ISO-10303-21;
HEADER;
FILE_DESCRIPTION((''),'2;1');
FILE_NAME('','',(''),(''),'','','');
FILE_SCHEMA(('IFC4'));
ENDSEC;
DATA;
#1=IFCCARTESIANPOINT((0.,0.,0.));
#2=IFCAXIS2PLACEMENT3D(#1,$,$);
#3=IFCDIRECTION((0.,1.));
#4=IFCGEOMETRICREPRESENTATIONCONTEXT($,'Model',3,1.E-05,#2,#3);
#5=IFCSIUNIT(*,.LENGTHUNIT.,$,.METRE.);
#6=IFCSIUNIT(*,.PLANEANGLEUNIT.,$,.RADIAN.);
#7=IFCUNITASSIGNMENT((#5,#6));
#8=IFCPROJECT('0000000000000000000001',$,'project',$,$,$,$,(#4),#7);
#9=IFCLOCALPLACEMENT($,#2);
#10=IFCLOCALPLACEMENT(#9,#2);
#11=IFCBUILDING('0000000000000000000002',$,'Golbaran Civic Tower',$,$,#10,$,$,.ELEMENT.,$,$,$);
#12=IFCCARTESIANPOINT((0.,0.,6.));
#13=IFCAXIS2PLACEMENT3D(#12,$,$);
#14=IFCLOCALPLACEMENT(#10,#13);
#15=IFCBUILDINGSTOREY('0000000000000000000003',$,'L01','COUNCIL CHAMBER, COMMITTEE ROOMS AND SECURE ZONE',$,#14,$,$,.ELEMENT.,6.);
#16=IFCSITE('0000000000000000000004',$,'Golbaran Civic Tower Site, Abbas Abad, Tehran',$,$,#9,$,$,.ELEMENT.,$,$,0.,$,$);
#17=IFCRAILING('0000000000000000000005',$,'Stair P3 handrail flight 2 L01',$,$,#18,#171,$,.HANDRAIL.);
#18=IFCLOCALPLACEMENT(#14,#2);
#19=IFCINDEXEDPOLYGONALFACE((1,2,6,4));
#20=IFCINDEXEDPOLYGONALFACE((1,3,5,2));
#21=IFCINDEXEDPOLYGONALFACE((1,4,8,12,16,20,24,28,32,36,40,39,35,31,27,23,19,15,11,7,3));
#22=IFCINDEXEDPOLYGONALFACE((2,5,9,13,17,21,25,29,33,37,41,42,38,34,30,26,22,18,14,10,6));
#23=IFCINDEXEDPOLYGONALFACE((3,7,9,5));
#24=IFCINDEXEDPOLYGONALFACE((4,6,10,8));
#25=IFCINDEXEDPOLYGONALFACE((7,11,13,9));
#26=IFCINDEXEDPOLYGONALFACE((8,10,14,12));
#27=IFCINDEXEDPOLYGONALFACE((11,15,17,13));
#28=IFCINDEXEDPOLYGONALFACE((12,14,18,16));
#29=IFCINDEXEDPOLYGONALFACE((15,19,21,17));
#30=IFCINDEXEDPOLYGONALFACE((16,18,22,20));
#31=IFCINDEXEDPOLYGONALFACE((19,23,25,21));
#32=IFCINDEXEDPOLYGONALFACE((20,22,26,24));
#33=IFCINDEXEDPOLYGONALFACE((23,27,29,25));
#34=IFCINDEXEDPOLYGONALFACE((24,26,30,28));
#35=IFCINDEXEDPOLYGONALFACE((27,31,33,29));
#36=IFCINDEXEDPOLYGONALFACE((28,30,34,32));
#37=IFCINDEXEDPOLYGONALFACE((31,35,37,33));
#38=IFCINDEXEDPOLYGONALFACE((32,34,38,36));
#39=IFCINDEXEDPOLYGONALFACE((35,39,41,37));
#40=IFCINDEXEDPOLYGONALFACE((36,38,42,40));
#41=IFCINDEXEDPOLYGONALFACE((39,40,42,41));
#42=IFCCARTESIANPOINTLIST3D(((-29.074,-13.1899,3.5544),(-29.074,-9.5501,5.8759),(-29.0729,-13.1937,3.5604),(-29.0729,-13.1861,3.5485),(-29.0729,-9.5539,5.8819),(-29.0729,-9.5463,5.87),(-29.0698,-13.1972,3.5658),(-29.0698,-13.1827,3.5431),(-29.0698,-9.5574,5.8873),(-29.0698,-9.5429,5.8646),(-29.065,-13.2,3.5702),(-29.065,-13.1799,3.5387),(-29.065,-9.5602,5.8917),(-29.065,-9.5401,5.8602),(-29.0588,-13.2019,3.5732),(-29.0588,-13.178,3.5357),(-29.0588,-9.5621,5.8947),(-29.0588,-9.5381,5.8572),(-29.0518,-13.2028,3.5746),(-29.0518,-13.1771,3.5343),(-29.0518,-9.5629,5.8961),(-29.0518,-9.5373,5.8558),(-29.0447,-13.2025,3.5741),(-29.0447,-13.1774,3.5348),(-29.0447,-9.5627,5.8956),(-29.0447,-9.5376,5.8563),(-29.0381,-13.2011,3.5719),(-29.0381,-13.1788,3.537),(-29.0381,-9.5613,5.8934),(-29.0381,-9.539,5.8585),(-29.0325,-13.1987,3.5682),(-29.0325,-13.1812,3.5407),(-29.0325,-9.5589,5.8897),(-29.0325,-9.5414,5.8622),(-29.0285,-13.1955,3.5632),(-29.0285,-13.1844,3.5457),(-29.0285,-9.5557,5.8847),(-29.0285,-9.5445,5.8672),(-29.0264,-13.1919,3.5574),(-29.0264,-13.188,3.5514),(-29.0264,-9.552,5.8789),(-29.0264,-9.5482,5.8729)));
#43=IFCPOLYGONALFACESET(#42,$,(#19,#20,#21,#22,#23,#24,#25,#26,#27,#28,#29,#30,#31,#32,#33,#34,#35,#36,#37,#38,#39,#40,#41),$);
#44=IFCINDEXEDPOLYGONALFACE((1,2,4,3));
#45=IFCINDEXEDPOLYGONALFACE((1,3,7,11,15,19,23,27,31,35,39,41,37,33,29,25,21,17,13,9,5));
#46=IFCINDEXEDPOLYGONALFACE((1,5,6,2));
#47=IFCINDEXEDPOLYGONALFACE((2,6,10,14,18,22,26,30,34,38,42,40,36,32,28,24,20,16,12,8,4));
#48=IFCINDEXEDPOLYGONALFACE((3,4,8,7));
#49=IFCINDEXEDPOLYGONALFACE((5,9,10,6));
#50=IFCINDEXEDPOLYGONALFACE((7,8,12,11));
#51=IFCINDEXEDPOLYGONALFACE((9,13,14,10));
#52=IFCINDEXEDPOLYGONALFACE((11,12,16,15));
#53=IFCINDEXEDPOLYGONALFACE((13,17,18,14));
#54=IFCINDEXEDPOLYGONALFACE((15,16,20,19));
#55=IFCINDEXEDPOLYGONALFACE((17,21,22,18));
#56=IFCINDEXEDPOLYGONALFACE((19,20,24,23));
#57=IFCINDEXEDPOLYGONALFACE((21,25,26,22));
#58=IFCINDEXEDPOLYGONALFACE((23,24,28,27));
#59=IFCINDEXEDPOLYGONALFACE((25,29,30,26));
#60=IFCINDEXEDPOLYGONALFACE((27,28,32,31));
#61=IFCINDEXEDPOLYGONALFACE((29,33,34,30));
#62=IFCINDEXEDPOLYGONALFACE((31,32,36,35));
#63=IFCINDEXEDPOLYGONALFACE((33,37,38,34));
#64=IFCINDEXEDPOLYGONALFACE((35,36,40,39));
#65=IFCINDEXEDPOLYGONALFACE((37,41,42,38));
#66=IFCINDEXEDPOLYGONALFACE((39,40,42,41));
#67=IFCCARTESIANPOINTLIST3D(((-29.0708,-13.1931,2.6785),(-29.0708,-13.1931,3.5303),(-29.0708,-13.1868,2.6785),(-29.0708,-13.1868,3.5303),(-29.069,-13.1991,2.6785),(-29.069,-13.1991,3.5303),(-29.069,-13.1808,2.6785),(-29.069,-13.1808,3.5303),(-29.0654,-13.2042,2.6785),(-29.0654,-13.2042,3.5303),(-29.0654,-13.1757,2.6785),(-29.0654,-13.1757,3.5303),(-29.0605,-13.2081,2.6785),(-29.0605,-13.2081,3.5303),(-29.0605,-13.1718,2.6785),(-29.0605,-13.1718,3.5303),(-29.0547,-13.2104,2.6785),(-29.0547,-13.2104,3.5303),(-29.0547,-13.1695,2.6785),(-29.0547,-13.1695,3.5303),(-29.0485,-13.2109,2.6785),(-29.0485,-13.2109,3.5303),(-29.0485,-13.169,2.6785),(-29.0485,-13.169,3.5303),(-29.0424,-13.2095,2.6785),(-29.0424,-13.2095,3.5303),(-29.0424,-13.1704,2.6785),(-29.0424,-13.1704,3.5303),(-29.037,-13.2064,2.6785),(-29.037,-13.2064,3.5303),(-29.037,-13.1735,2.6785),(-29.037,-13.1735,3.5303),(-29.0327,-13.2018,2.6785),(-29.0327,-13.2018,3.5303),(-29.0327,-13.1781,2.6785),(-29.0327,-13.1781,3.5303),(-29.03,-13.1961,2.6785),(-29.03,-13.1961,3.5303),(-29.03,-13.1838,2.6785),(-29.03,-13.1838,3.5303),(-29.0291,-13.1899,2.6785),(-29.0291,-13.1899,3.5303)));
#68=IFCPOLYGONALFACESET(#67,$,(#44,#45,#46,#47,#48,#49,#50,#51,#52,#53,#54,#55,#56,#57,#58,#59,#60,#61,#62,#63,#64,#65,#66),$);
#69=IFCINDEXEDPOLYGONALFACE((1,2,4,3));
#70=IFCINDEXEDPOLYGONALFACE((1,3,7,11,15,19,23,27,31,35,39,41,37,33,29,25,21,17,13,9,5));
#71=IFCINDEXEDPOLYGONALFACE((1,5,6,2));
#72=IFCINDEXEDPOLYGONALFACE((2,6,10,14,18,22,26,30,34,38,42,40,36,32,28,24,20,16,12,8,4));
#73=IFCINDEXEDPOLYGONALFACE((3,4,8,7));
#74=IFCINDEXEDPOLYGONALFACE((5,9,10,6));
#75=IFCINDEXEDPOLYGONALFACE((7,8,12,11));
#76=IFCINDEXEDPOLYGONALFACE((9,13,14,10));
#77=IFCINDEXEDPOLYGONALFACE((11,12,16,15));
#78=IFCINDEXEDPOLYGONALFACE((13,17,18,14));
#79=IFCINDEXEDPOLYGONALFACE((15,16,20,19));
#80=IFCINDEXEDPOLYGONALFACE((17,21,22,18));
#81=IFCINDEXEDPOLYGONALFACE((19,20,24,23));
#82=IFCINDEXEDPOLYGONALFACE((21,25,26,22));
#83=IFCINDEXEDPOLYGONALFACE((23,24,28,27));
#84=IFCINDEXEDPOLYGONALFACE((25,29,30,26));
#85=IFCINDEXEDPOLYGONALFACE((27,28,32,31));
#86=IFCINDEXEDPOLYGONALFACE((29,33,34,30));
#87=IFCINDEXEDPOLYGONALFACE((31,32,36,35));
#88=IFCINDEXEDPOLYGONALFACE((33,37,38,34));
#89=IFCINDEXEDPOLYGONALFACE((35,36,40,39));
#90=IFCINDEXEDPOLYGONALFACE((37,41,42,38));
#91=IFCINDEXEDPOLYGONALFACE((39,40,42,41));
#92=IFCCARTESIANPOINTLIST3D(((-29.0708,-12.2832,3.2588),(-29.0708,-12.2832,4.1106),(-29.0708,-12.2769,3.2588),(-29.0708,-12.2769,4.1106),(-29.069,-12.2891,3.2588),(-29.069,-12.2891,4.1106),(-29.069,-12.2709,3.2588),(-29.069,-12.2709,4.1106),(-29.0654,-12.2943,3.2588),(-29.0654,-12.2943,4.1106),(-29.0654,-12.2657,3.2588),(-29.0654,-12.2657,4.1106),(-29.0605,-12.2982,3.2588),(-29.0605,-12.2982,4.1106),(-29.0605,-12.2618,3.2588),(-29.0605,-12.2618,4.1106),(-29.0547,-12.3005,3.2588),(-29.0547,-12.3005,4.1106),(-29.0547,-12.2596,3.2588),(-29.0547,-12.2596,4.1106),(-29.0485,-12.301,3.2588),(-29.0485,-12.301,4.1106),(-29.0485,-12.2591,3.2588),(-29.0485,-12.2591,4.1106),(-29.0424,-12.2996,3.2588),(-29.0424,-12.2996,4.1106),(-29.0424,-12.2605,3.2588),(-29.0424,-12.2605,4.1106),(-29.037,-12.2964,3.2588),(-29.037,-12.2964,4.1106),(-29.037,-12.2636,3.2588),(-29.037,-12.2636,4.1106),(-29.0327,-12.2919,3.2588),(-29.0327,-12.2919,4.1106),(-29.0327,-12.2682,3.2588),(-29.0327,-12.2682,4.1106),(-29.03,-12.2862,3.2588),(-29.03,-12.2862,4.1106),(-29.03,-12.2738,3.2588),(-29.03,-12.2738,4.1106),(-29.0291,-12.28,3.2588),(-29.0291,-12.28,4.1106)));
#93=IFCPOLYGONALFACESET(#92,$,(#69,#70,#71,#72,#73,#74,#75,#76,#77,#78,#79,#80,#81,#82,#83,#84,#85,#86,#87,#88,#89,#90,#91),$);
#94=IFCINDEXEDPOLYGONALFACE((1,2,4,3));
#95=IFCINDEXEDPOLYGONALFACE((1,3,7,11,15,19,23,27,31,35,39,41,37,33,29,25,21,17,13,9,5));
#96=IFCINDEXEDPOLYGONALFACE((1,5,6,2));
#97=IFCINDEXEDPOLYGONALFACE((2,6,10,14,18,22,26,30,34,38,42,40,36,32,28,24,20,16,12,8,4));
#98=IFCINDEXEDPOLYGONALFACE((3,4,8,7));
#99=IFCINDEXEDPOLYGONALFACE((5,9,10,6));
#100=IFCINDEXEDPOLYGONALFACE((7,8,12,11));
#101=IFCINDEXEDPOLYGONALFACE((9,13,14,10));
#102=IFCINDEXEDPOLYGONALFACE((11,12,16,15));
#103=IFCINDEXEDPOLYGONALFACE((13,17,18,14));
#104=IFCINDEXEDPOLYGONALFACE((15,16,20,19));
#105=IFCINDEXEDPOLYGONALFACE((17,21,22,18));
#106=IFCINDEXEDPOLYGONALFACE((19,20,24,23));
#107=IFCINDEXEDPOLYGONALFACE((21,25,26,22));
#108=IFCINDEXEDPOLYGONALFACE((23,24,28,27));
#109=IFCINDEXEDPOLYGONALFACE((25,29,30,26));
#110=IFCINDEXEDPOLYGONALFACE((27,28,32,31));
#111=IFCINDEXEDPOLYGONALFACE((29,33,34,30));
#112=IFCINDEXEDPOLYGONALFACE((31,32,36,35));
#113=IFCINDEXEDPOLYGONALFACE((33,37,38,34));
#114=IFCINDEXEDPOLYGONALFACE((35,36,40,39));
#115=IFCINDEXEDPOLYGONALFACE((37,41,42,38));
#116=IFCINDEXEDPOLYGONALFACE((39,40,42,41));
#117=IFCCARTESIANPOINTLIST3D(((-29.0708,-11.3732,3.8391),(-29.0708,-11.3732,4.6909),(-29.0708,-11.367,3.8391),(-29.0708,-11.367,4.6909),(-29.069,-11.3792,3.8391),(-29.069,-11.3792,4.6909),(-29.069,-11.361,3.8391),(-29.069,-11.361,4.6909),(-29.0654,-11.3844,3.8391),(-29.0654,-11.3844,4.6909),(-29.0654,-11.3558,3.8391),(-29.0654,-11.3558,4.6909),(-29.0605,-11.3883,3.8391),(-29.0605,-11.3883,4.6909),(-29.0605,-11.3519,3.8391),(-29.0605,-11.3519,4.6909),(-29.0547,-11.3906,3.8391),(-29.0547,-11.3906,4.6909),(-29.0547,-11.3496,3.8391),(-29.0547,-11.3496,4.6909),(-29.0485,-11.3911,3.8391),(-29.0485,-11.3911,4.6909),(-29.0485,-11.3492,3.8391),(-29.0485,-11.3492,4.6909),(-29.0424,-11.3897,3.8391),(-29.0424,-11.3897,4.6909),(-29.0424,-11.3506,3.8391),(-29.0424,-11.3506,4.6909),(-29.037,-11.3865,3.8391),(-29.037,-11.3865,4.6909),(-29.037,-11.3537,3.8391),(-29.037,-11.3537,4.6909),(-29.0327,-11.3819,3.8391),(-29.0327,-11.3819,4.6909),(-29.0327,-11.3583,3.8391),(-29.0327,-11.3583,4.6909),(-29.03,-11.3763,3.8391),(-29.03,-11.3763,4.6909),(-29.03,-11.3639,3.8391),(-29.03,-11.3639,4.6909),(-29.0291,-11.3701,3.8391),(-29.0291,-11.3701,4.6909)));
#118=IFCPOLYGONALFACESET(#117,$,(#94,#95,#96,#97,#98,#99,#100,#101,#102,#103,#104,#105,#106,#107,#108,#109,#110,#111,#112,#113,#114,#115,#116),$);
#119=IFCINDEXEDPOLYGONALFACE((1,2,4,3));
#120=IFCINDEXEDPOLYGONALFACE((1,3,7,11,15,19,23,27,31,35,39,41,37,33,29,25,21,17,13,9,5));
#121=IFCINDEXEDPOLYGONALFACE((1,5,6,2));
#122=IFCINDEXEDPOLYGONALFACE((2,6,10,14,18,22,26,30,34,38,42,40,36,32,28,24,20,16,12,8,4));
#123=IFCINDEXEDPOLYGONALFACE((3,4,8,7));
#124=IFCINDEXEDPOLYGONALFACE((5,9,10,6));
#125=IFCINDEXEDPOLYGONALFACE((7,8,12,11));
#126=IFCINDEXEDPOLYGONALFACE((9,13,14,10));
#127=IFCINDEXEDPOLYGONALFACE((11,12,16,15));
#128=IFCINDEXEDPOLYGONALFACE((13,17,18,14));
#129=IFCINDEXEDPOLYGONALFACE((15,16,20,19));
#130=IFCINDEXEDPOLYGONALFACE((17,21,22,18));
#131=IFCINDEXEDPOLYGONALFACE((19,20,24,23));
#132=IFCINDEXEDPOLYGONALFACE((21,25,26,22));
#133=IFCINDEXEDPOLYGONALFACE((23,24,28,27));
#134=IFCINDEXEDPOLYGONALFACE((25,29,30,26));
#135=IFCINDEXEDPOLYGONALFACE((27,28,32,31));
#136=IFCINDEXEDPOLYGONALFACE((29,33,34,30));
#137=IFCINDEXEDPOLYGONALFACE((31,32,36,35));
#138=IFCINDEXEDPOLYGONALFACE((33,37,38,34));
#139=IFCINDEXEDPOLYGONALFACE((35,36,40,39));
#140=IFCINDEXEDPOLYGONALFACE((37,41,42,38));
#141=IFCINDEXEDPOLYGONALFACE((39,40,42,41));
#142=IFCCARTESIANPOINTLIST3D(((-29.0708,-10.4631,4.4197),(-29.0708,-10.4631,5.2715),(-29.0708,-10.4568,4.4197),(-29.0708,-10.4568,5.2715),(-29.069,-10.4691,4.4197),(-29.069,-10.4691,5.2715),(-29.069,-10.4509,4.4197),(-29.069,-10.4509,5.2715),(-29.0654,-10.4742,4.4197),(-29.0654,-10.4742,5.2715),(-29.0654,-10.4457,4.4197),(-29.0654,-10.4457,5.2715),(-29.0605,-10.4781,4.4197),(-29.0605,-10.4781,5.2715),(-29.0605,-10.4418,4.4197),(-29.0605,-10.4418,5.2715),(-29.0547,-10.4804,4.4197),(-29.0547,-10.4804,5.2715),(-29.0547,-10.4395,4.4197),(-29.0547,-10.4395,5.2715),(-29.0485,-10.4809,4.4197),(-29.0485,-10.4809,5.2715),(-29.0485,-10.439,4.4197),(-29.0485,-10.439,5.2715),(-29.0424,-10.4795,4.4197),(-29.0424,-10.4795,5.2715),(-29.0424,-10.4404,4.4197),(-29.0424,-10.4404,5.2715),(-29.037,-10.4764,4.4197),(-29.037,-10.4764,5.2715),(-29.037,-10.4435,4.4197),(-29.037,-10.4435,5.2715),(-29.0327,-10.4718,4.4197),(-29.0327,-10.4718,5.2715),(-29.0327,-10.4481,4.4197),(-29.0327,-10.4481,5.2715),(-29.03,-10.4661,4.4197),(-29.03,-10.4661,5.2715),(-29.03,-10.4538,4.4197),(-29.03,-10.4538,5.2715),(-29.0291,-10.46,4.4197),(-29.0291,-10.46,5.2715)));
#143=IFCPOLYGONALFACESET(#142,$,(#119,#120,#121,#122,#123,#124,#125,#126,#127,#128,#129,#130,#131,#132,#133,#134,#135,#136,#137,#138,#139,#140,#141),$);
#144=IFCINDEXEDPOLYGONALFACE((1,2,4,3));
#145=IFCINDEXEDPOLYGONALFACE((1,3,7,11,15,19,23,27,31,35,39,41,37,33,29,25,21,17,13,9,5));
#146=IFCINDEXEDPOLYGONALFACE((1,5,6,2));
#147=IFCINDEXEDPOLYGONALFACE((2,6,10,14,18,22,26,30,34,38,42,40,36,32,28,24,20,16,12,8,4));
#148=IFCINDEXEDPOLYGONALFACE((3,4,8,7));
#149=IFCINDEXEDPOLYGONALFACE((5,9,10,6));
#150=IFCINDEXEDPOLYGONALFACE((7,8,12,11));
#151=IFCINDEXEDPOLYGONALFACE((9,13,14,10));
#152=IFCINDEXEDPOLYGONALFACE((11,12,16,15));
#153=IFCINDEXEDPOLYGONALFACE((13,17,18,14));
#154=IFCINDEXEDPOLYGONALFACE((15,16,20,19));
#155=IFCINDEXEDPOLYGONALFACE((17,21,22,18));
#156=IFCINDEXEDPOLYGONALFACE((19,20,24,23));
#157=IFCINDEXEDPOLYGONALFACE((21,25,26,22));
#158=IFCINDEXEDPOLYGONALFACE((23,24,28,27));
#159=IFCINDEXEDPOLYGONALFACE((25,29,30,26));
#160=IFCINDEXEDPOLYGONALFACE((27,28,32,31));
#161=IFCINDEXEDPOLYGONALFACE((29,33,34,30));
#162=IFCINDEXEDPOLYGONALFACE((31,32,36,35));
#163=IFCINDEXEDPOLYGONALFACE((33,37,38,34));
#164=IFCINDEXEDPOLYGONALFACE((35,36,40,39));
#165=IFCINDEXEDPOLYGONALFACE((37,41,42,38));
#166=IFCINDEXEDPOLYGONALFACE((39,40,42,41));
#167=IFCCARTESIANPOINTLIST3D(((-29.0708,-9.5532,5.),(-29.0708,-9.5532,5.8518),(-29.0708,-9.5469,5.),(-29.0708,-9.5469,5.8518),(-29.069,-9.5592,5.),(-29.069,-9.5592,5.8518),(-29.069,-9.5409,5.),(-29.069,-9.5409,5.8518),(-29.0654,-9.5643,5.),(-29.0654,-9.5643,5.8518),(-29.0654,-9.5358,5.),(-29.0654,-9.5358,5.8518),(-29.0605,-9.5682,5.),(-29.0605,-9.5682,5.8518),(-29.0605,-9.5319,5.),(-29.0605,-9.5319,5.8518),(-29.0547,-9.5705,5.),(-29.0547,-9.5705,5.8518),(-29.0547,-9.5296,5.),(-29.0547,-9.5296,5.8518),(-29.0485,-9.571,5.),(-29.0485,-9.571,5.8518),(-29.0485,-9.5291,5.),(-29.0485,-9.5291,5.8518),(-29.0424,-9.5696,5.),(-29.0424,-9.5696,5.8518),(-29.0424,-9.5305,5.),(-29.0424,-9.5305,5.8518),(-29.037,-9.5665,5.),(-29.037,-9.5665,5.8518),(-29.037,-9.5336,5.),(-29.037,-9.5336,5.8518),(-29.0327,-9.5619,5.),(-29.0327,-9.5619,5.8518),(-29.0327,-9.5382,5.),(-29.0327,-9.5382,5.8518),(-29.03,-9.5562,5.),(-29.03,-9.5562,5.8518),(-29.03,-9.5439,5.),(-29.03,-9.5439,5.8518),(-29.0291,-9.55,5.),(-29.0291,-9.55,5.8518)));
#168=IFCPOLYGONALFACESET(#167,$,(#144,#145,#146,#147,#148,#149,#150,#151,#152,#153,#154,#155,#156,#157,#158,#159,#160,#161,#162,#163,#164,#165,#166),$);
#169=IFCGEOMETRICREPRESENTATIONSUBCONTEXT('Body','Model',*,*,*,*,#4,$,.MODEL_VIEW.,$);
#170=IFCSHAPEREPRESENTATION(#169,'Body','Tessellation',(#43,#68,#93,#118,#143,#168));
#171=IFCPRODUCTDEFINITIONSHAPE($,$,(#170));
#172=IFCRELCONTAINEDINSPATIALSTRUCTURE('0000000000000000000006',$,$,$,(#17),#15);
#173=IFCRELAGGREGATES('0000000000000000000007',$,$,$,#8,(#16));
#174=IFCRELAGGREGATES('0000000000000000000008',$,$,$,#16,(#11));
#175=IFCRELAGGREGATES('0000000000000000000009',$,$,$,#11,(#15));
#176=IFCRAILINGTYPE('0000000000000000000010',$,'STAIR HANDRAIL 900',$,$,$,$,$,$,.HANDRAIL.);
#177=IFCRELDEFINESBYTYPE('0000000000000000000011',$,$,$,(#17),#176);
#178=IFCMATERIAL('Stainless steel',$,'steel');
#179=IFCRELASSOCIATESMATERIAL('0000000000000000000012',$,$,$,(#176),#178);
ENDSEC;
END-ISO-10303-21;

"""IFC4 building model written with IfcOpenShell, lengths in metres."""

from ifc_helpers import new_model, si_unit, direction, frame, origin, origin_2d, place, context, subcontext, project, spatial, circle, extrude, material, type_object, element, save


model = new_model("IFC4")

# Units and contexts
model_context = context("Model", 3, precision=1e-05, world=origin(), true_north=direction((0.0, 1.0)))
body_context = subcontext(model_context, "Body", "Model", "MODEL_VIEW")
ifc_project = project(units=[si_unit("LENGTHUNIT", "METRE"), si_unit("PLANEANGLEUNIT", "RADIAN")], contexts=[model_context])

# Site, building, storey
site_placement = place(None, origin())
site = spatial("IfcSite", under=ifc_project, at=site_placement, Name="Golbaran Civic Tower Site, Abbas Abad, Tehran", CompositionType="ELEMENT", RefElevation=0.0)
building_placement = place(site_placement, origin())
building = spatial("IfcBuilding", under=site, at=building_placement, Name="Golbaran Civic Tower", CompositionType="ELEMENT")
storey_placement = place(building_placement, frame((0.0, 0.0, 6.0)))
storey = spatial("IfcBuildingStorey", under=building, at=storey_placement, Name="L01", Description="COUNCIL CHAMBER, COMMITTEE ROOMS AND SECURE ZONE", CompositionType="ELEMENT", Elevation=6.0)

# Railing
ifc_material_1 = material(Name="Stainless steel", Category="steel")
railing_type_1 = type_object("IfcRailingType", Name="STAIR HANDRAIL 900", PredefinedType="HANDRAIL", material=ifc_material_1)
railing_1_placement = place(storey_placement, frame((-29.05, -13.1899, 2.6785)))
element("IfcRailing", 1, at=railing_1_placement, inside=storey, type_object=railing_type_1, Name="Stair P3 handrail flight 2 L01", PredefinedType="HANDRAIL", context=body_context, shape_type="SweptSolid", body=[
    extrude(circle(Radius=0.0239, at=origin_2d()), frame((0.0, 0.0, 0.876), z_axis=(0.0, 0.843112, 0.537739), x_axis=(-1.0, 0.0, 0.0)), (0.0, 0.0, 1.0), 4.3171),
    extrude(circle(Radius=0.021, at=origin_2d()), origin(), (0.0, 0.0, 1.0), 0.8518),
    extrude(circle(Radius=0.021, at=origin_2d()), frame((0.0, 0.9099, 0.5803)), (0.0, 0.0, 1.0), 0.8518),
    extrude(circle(Radius=0.021, at=origin_2d()), frame((0.0, 1.8198, 1.1606)), (0.0, 0.0, 1.0), 0.8518),
    extrude(circle(Radius=0.021, at=origin_2d()), frame((0.0, 2.73, 1.7412)), (0.0, 0.0, 1.0), 0.8518),
    extrude(circle(Radius=0.021, at=origin_2d()), frame((0.0, 3.6399, 2.3215)), (0.0, 0.0, 1.0), 0.8518),
])

save(model, "model.ifc")
